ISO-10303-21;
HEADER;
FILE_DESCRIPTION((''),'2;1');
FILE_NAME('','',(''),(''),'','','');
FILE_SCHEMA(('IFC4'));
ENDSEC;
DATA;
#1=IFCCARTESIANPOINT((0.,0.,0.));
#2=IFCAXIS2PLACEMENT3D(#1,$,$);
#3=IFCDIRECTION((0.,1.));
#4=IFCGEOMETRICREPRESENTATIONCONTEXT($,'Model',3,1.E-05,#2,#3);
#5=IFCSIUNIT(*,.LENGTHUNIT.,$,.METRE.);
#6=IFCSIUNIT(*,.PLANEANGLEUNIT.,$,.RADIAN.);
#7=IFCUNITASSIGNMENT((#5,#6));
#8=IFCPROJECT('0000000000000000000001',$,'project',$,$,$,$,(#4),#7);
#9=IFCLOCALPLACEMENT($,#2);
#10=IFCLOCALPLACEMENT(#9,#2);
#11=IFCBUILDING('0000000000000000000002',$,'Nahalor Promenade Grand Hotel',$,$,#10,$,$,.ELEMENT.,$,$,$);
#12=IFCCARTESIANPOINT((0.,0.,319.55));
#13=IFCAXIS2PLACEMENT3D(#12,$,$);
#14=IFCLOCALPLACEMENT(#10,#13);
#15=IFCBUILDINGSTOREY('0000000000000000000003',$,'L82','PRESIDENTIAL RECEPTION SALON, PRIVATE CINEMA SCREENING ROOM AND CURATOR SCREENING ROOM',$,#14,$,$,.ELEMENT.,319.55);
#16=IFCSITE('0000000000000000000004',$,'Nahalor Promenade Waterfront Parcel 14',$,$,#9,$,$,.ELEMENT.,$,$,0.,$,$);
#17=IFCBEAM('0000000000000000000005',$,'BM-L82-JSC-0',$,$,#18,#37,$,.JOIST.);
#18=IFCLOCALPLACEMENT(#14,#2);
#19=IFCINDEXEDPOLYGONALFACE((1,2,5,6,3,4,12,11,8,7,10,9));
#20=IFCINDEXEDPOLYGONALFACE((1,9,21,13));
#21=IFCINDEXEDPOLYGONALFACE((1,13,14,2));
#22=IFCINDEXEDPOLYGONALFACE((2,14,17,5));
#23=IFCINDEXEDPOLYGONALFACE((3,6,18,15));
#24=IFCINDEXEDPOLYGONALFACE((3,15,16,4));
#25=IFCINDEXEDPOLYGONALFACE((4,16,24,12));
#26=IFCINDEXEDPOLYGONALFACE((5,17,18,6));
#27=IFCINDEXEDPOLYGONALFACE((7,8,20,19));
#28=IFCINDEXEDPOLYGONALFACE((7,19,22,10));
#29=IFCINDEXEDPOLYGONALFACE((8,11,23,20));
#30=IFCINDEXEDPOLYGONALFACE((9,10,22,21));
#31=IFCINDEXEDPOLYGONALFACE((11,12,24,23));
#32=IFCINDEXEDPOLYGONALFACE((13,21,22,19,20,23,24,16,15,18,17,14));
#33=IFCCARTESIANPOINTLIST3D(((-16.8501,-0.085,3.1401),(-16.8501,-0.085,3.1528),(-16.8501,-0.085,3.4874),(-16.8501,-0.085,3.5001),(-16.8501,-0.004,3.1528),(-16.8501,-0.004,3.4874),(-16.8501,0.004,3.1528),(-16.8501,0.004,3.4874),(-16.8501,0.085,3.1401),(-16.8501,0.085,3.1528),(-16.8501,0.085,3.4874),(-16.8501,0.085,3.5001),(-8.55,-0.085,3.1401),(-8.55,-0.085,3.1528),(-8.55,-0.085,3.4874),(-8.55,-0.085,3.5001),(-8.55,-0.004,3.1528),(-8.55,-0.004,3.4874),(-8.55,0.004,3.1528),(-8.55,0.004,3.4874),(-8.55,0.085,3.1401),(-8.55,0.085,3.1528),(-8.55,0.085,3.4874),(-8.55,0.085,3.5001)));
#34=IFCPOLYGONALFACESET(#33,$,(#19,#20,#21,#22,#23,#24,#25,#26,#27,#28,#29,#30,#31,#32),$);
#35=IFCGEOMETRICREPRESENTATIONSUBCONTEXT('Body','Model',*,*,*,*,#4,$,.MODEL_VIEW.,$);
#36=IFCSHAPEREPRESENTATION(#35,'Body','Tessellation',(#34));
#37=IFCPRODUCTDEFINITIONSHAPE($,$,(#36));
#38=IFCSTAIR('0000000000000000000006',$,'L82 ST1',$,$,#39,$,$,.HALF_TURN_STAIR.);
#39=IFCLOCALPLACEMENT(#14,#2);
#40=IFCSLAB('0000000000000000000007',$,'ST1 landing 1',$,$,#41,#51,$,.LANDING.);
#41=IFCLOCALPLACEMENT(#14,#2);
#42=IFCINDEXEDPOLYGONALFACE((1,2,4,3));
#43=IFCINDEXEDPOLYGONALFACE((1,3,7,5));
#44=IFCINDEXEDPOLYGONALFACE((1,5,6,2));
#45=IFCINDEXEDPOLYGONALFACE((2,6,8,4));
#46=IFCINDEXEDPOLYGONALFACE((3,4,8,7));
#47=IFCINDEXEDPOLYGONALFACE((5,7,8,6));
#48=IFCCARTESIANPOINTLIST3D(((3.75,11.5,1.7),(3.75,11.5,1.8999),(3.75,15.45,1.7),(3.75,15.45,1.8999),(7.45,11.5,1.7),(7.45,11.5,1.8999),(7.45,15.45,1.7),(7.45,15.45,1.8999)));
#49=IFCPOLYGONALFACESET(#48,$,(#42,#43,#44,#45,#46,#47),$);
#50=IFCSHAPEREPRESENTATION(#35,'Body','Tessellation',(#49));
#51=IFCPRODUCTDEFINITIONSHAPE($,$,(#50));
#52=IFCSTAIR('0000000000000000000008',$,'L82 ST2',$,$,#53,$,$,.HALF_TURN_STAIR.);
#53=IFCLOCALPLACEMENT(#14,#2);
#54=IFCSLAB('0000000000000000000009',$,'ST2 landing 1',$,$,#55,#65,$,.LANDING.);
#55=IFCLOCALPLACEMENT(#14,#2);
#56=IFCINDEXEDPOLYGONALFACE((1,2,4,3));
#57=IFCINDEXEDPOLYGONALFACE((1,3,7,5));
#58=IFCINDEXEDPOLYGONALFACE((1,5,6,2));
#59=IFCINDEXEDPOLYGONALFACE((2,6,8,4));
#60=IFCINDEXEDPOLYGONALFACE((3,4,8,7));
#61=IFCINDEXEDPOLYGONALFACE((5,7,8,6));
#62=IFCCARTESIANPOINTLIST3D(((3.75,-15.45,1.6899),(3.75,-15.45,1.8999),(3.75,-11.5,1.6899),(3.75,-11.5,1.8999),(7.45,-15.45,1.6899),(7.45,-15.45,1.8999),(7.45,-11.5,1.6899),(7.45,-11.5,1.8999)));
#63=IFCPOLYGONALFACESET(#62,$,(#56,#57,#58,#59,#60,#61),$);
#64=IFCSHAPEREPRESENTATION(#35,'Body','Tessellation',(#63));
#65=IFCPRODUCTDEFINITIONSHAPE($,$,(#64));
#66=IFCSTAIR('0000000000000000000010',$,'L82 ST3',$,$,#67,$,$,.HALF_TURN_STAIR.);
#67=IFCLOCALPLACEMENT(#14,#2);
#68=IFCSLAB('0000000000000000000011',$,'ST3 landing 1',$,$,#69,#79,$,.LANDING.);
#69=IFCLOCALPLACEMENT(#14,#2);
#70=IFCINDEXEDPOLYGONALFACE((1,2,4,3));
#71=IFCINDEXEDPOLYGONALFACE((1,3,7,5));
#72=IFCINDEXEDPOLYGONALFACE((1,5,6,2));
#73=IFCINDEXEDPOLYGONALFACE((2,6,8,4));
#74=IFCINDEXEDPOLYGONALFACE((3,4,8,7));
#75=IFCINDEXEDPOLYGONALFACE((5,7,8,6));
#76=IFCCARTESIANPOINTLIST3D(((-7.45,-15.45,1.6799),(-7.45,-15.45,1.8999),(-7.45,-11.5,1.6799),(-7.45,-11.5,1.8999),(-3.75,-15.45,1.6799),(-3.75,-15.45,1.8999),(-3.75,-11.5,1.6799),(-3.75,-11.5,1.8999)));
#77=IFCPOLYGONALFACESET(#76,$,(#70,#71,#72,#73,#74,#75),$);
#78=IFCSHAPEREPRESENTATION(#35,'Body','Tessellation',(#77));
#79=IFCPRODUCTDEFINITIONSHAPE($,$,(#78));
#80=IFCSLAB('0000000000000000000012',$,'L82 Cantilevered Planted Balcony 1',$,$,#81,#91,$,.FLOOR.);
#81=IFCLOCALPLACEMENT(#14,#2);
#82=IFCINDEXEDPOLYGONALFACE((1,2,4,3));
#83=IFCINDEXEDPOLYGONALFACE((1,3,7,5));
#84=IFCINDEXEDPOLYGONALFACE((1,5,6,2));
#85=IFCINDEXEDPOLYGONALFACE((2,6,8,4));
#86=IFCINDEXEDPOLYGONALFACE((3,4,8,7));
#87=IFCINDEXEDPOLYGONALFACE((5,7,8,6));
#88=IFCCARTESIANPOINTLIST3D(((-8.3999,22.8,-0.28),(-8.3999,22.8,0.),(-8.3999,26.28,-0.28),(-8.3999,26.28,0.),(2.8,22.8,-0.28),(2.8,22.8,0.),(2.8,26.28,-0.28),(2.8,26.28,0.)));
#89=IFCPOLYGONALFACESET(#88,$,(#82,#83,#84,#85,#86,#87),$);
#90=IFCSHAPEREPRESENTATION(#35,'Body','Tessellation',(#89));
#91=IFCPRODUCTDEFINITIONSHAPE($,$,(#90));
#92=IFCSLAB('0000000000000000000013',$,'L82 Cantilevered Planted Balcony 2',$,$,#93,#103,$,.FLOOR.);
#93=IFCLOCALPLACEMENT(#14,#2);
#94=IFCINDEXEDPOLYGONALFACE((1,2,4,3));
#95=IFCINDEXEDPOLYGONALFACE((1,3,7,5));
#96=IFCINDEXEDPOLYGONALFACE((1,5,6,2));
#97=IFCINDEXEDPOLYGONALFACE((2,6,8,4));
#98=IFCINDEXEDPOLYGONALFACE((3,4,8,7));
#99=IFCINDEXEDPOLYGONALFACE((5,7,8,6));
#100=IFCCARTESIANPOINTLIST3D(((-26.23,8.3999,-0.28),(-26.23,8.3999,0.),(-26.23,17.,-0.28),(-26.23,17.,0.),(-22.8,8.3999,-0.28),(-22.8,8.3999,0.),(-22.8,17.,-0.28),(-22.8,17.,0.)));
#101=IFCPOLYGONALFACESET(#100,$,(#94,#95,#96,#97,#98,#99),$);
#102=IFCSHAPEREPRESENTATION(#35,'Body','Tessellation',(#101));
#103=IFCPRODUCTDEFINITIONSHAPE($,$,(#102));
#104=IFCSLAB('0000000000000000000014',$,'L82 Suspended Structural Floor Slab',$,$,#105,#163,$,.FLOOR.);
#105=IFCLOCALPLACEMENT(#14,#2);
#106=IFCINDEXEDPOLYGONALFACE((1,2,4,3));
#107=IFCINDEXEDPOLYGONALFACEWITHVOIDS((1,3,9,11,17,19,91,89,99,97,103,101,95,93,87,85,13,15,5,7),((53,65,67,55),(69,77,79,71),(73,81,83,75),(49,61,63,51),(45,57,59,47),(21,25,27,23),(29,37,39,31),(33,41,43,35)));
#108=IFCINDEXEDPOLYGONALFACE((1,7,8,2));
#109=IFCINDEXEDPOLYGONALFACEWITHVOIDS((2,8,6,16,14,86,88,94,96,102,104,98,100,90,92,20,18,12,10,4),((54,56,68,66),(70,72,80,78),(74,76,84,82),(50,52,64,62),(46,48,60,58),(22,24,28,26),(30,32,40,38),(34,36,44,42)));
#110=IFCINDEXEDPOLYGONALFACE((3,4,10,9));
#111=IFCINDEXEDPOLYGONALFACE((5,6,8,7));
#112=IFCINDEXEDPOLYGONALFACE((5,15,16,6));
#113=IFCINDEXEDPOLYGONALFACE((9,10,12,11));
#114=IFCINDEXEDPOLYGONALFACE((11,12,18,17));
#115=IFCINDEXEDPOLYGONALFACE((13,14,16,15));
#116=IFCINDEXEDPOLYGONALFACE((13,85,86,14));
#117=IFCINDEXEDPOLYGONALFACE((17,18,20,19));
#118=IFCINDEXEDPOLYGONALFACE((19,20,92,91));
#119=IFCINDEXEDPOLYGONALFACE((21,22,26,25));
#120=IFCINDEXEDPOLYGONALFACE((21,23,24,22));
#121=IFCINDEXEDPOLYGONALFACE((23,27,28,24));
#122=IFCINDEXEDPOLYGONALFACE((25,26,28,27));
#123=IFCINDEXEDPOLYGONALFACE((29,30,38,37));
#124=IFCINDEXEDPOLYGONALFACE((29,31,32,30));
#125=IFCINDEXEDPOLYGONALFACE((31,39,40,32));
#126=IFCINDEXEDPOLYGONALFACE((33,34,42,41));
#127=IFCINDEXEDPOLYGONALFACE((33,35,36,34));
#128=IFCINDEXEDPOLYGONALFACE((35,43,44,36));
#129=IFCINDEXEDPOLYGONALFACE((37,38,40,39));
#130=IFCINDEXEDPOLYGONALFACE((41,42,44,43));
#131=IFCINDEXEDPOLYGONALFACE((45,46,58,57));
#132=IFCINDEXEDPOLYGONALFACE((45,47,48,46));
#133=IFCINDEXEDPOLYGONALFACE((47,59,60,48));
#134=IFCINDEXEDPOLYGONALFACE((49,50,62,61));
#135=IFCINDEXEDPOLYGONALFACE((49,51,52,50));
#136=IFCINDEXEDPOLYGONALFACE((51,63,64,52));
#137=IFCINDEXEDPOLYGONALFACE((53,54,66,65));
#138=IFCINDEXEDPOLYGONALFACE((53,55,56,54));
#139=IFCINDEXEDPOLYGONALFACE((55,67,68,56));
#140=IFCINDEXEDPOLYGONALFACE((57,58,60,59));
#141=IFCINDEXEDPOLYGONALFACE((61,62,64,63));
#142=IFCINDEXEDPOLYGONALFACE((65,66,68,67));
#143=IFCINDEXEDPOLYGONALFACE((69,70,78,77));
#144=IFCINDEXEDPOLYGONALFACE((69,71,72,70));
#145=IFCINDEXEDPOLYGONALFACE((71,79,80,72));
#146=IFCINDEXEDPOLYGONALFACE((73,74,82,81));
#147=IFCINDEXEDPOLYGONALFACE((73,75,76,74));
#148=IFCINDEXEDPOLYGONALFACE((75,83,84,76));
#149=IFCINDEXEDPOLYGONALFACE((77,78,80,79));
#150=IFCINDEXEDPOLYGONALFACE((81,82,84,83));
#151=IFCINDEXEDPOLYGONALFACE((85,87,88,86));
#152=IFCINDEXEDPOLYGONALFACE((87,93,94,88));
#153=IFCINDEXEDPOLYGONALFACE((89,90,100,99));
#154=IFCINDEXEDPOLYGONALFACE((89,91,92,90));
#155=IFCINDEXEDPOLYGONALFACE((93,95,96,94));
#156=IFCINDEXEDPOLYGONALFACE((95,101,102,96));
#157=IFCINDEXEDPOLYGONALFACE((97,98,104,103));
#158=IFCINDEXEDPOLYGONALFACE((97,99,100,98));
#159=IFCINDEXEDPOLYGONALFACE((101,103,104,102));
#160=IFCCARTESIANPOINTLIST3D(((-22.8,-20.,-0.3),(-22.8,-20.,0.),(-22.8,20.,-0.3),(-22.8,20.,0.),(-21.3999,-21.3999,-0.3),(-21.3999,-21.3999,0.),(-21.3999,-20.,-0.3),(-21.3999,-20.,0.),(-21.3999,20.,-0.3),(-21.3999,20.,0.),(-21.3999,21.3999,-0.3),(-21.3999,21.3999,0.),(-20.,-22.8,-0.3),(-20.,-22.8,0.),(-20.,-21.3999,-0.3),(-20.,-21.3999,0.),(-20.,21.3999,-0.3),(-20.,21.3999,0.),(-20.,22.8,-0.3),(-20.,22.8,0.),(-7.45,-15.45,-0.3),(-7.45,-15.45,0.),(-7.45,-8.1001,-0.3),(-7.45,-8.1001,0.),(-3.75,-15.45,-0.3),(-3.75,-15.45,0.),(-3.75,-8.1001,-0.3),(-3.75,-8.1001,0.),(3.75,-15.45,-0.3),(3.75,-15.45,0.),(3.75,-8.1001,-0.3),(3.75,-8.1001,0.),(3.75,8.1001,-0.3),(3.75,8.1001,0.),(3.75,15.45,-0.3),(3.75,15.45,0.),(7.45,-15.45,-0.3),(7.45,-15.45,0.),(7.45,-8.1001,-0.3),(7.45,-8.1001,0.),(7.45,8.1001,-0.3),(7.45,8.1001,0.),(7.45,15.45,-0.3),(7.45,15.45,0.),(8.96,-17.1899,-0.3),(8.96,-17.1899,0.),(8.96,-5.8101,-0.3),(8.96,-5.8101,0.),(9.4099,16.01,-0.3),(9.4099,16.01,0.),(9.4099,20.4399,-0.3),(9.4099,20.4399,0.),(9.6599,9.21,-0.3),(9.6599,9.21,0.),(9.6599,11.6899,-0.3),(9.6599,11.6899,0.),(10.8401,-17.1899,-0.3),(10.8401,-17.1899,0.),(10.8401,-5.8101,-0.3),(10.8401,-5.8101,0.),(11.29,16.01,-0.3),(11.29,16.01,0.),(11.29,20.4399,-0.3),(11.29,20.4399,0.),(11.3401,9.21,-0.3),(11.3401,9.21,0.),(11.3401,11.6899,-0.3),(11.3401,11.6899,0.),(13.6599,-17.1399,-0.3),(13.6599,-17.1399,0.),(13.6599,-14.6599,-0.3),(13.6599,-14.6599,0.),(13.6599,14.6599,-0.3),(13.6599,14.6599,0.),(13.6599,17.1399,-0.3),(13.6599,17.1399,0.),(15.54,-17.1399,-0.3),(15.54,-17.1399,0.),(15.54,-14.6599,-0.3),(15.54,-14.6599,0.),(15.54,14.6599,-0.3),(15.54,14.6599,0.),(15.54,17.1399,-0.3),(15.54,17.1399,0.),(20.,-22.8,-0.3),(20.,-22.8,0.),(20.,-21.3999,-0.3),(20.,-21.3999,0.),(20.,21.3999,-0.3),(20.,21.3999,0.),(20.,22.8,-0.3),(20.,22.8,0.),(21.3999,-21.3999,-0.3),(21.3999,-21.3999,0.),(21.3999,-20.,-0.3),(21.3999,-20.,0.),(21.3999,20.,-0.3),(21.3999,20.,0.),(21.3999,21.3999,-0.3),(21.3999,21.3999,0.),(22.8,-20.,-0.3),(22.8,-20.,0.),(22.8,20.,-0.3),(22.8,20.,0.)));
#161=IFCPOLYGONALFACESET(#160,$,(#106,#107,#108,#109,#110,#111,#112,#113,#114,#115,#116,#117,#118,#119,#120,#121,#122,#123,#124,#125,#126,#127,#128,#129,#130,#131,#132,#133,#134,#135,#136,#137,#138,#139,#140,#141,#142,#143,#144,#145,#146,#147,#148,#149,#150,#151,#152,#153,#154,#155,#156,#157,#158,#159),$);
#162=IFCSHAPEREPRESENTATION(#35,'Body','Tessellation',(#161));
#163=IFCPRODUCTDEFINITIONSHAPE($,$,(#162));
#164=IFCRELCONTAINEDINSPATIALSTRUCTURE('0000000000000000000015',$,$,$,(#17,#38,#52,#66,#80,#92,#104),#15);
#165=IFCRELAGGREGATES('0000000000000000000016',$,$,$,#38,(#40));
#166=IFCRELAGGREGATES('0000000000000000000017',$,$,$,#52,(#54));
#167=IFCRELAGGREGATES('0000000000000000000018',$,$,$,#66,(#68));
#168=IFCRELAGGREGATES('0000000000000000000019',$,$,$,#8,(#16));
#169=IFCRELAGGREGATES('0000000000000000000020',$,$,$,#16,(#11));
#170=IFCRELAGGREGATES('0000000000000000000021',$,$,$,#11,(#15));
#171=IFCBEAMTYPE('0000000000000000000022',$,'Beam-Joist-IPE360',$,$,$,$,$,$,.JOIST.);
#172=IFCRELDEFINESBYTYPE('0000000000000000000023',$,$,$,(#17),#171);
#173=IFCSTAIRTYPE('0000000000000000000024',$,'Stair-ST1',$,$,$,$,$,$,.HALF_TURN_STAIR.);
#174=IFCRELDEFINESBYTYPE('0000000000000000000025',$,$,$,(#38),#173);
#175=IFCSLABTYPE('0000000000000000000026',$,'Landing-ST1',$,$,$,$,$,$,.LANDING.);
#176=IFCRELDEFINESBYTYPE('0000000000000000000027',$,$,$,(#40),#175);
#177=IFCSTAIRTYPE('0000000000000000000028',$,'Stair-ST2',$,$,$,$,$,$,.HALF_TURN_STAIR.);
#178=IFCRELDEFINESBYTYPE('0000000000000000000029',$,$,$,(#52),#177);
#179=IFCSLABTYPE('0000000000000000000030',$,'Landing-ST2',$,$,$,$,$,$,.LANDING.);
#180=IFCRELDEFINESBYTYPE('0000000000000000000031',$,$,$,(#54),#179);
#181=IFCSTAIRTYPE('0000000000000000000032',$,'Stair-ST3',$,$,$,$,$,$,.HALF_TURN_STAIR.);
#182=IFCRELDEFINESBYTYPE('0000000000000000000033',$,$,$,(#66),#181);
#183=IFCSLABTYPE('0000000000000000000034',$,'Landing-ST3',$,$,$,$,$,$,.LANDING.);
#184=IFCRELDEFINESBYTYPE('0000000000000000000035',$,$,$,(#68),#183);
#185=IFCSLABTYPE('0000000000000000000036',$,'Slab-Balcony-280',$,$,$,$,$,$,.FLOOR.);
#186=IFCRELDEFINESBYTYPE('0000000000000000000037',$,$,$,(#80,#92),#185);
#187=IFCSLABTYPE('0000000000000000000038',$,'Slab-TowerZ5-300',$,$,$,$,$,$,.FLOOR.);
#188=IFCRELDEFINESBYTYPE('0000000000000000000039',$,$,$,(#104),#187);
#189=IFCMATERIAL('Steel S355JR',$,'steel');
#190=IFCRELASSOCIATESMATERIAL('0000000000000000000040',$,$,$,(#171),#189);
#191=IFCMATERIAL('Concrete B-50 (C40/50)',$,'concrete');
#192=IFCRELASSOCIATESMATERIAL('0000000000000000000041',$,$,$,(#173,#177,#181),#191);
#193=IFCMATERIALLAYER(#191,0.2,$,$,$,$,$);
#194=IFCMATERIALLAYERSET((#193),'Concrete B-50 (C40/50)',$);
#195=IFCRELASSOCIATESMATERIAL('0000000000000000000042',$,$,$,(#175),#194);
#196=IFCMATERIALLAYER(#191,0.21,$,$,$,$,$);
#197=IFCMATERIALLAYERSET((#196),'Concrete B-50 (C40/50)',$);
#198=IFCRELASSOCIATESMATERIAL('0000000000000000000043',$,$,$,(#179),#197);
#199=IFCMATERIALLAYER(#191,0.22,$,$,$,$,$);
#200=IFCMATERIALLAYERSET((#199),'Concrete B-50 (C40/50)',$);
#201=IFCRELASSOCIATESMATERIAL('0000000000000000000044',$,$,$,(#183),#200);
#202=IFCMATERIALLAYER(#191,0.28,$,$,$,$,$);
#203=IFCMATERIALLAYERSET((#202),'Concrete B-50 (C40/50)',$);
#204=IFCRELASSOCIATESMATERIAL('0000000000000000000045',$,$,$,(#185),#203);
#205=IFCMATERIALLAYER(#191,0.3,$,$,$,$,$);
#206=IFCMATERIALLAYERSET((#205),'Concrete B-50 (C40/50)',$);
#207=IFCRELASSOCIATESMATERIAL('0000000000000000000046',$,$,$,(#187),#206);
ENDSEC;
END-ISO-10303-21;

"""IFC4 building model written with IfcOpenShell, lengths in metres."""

from ifc_helpers import new_model, si_unit, direction, frame, origin, origin_2d, place, context, subcontext, project, spatial, polyline, i_section, outline, extrude, source, transform, mapped, material, layer, layer_set, material_profile, profile_set, type_object, element, aggregate, save


model = new_model("IFC4")

# Units and contexts
model_context = context("Model", 3, precision=1e-05, world=origin(), true_north=direction((0.0, 1.0)))
body_context = subcontext(model_context, "Body", "Model", "MODEL_VIEW")
ifc_project = project(units=[si_unit("LENGTHUNIT", "METRE"), si_unit("PLANEANGLEUNIT", "RADIAN")], contexts=[model_context])

# Site, building, storey
site_placement = place(None, origin())
site = spatial("IfcSite", under=ifc_project, at=site_placement, Name="Nahalor Promenade Waterfront Parcel 14", CompositionType="ELEMENT", RefElevation=0.0)
building_placement = place(site_placement, origin())
building = spatial("IfcBuilding", under=site, at=building_placement, Name="Nahalor Promenade Grand Hotel", CompositionType="ELEMENT")
storey_placement = place(building_placement, frame((0.0, 0.0, 319.55)))
storey = spatial("IfcBuildingStorey", under=building, at=storey_placement, Name="L82", Description="PRESIDENTIAL RECEPTION SALON, PRIVATE CINEMA SCREENING ROOM AND CURATOR SCREENING ROOM", CompositionType="ELEMENT", Elevation=319.55)

# Shared definitions
ifc_material_1 = material(Name="Concrete B-50 (C40/50)", Category="concrete")

# Beam
ifc_material_2 = material(Name="Steel S355JR", Category="steel")
ifc_material_profile_1 = material_profile(ifc_material_2, i_section(OverallWidth=0.17, OverallDepth=0.36, WebThickness=0.008, FlangeThickness=0.0127, at=origin_2d()), Name="IPE 360")
ifc_profile_set_1 = profile_set([ifc_material_profile_1], Name="Steel S355JR")
beam_type_1 = type_object("IfcBeamType", Name="Beam-Joist-IPE360", PredefinedType="JOIST", material=ifc_profile_set_1)
shared_shape_1 = source(origin(), body_context, "Body", "SweptSolid", [
    extrude(i_section(OverallWidth=0.17, OverallDepth=0.36, WebThickness=0.008, FlangeThickness=0.0127, at=origin_2d()), origin(), (0.0, 0.0, 1.0), 8.3),
])
for number, where, z_axis, x_axis, name in (
    (1, (-16.8501, 0.0, 3.3201), (1.0, 0.0, 0.0), (0.0, 1.0, 0.0), "BM-L82-JSC-0"),
):
    element("IfcBeam", number, at=place(storey_placement, frame(where, z_axis=z_axis, x_axis=x_axis)), inside=storey, type_object=beam_type_1, Name=name, PredefinedType="JOIST", context=body_context, shape_type="MappedRepresentation", body=[
        mapped(shared_shape_1, transform((0.0, 0.0, 0.0), scale=1.0)),
    ])

# Stairs, slabs
stair_type_1 = type_object("IfcStairType", Name="Stair-ST1", PredefinedType="HALF_TURN_STAIR", material=ifc_material_1)
stair_1_placement = place(storey_placement, origin())
stair_1 = element("IfcStair", 2, at=stair_1_placement, inside=storey, type_object=stair_type_1, Name="L82 ST1", PredefinedType="HALF_TURN_STAIR")
ifc_layer_1 = layer(ifc_material_1, 0.2)
ifc_layer_set_1 = layer_set([ifc_layer_1], Name="Concrete B-50 (C40/50)")
slab_type_1 = type_object("IfcSlabType", Name="Landing-ST1", PredefinedType="LANDING", material=ifc_layer_set_1)
slab_1_placement = place(storey_placement, frame((0.0, 0.0, 1.7)))
slab_1 = element("IfcSlab", 3, at=slab_1_placement, type_object=slab_type_1, Name="ST1 landing 1", PredefinedType="LANDING", context=body_context, shape_type="SweptSolid", body=[
    extrude(outline(polyline([(7.45, 11.5), (7.45, 15.45), (3.75, 15.45), (3.75, 11.5), (7.45, 11.5)])), origin(), (0.0, 0.0, 1.0), 0.2),
])
aggregate(stair_1, [slab_1])
stair_type_2 = type_object("IfcStairType", Name="Stair-ST2", PredefinedType="HALF_TURN_STAIR", material=ifc_material_1)
stair_2_placement = place(storey_placement, origin())
stair_2 = element("IfcStair", 4, at=stair_2_placement, inside=storey, type_object=stair_type_2, Name="L82 ST2", PredefinedType="HALF_TURN_STAIR")
ifc_layer_2 = layer(ifc_material_1, 0.21)
ifc_layer_set_2 = layer_set([ifc_layer_2], Name="Concrete B-50 (C40/50)")
slab_type_2 = type_object("IfcSlabType", Name="Landing-ST2", PredefinedType="LANDING", material=ifc_layer_set_2)
slab_2_placement = place(storey_placement, frame((0.0, 0.0, 1.6899)))
slab_2 = element("IfcSlab", 5, at=slab_2_placement, type_object=slab_type_2, Name="ST2 landing 1", PredefinedType="LANDING", context=body_context, shape_type="SweptSolid", body=[
    extrude(outline(polyline([(3.75, -11.5), (3.75, -15.45), (7.45, -15.45), (7.45, -11.5), (3.75, -11.5)])), origin(), (0.0, 0.0, 1.0), 0.21),
])
aggregate(stair_2, [slab_2])
stair_type_3 = type_object("IfcStairType", Name="Stair-ST3", PredefinedType="HALF_TURN_STAIR", material=ifc_material_1)
stair_3_placement = place(storey_placement, origin())
stair_3 = element("IfcStair", 6, at=stair_3_placement, inside=storey, type_object=stair_type_3, Name="L82 ST3", PredefinedType="HALF_TURN_STAIR")
ifc_layer_3 = layer(ifc_material_1, 0.22)
ifc_layer_set_3 = layer_set([ifc_layer_3], Name="Concrete B-50 (C40/50)")
slab_type_3 = type_object("IfcSlabType", Name="Landing-ST3", PredefinedType="LANDING", material=ifc_layer_set_3)
slab_3_placement = place(storey_placement, frame((0.0, 0.0, 1.6799)))
slab_3 = element("IfcSlab", 7, at=slab_3_placement, type_object=slab_type_3, Name="ST3 landing 1", PredefinedType="LANDING", context=body_context, shape_type="SweptSolid", body=[
    extrude(outline(polyline([(-7.45, -11.5), (-7.45, -15.45), (-3.75, -15.45), (-3.75, -11.5), (-7.45, -11.5)])), origin(), (0.0, 0.0, 1.0), 0.22),
])
aggregate(stair_3, [slab_3])

# Slabs
ifc_layer_4 = layer(ifc_material_1, 0.28)
ifc_layer_set_4 = layer_set([ifc_layer_4], Name="Concrete B-50 (C40/50)")
slab_type_4 = type_object("IfcSlabType", Name="Slab-Balcony-280", PredefinedType="FLOOR", material=ifc_layer_set_4)
slab_4_placement = place(storey_placement, frame((0.0, 0.0, -0.28)))
element("IfcSlab", 8, at=slab_4_placement, inside=storey, type_object=slab_type_4, Name="L82 Cantilevered Planted Balcony 1", PredefinedType="FLOOR", context=body_context, shape_type="SweptSolid", body=[
    extrude(outline(polyline([(-8.3999, 22.8), (2.8, 22.8), (2.8, 26.28), (-8.3999, 26.28), (-8.3999, 22.8)])), origin(), (0.0, 0.0, 1.0), 0.28),
])
slab_5_placement = place(storey_placement, frame((0.0, 0.0, -0.28)))
element("IfcSlab", 9, at=slab_5_placement, inside=storey, type_object=slab_type_4, Name="L82 Cantilevered Planted Balcony 2", PredefinedType="FLOOR", context=body_context, shape_type="SweptSolid", body=[
    extrude(outline(polyline([(-26.23, 8.3999), (-22.8, 8.3999), (-22.8, 17.0), (-26.23, 17.0), (-26.23, 8.3999)])), origin(), (0.0, 0.0, 1.0), 0.28),
])
ifc_layer_5 = layer(ifc_material_1, 0.3)
ifc_layer_set_5 = layer_set([ifc_layer_5], Name="Concrete B-50 (C40/50)")
slab_type_5 = type_object("IfcSlabType", Name="Slab-TowerZ5-300", PredefinedType="FLOOR", material=ifc_layer_set_5)
slab_6_placement = place(storey_placement, frame((0.0, 0.0, -0.3)))
element("IfcSlab", 10, at=slab_6_placement, inside=storey, type_object=slab_type_5, Name="L82 Suspended Structural Floor Slab", PredefinedType="FLOOR", context=body_context, shape_type="SweptSolid", body=[
    extrude(outline(polyline([(-20.0, -22.8), (20.0, -22.8), (20.0, -21.3999), (21.3999, -21.3999), (21.3999, -20.0), (22.8, -20.0), (22.8, 20.0), (21.3999, 20.0), (21.3999, 21.3999), (20.0, 21.3999), (20.0, 22.8), (-20.0, 22.8), (-20.0, 21.3999), (-21.3999, 21.3999), (-21.3999, 20.0), (-22.8, 20.0), (-22.8, -20.0), (-21.3999, -20.0), (-21.3999, -21.3999), (-20.0, -21.3999), (-20.0, -22.8)]), holes=[polyline([(3.75, 8.1001), (7.45, 8.1001), (7.45, 15.45), (3.75, 15.45), (3.75, 8.1001)]), polyline([(3.75, -15.45), (7.45, -15.45), (7.45, -8.1001), (3.75, -8.1001), (3.75, -15.45)]), polyline([(-7.45, -15.45), (-3.75, -15.45), (-3.75, -8.1001), (-7.45, -8.1001), (-7.45, -15.45)]), polyline([(8.96, -17.1899), (10.8401, -17.1899), (10.8401, -5.8101), (8.96, -5.8101), (8.96, -17.1899)]), polyline([(9.4099, 16.01), (11.29, 16.01), (11.29, 20.4399), (9.4099, 20.4399), (9.4099, 16.01)]), polyline([(9.6599, 9.21), (11.3401, 9.21), (11.3401, 11.6899), (9.6599, 11.6899), (9.6599, 9.21)]), polyline([(13.6599, 14.6599), (15.54, 14.6599), (15.54, 17.1399), (13.6599, 17.1399), (13.6599, 14.6599)]), polyline([(13.6599, -17.1399), (15.54, -17.1399), (15.54, -14.6599), (13.6599, -14.6599), (13.6599, -17.1399)])]), origin(), (0.0, 0.0, 1.0), 0.3),
])

save(model, "model.ifc")
